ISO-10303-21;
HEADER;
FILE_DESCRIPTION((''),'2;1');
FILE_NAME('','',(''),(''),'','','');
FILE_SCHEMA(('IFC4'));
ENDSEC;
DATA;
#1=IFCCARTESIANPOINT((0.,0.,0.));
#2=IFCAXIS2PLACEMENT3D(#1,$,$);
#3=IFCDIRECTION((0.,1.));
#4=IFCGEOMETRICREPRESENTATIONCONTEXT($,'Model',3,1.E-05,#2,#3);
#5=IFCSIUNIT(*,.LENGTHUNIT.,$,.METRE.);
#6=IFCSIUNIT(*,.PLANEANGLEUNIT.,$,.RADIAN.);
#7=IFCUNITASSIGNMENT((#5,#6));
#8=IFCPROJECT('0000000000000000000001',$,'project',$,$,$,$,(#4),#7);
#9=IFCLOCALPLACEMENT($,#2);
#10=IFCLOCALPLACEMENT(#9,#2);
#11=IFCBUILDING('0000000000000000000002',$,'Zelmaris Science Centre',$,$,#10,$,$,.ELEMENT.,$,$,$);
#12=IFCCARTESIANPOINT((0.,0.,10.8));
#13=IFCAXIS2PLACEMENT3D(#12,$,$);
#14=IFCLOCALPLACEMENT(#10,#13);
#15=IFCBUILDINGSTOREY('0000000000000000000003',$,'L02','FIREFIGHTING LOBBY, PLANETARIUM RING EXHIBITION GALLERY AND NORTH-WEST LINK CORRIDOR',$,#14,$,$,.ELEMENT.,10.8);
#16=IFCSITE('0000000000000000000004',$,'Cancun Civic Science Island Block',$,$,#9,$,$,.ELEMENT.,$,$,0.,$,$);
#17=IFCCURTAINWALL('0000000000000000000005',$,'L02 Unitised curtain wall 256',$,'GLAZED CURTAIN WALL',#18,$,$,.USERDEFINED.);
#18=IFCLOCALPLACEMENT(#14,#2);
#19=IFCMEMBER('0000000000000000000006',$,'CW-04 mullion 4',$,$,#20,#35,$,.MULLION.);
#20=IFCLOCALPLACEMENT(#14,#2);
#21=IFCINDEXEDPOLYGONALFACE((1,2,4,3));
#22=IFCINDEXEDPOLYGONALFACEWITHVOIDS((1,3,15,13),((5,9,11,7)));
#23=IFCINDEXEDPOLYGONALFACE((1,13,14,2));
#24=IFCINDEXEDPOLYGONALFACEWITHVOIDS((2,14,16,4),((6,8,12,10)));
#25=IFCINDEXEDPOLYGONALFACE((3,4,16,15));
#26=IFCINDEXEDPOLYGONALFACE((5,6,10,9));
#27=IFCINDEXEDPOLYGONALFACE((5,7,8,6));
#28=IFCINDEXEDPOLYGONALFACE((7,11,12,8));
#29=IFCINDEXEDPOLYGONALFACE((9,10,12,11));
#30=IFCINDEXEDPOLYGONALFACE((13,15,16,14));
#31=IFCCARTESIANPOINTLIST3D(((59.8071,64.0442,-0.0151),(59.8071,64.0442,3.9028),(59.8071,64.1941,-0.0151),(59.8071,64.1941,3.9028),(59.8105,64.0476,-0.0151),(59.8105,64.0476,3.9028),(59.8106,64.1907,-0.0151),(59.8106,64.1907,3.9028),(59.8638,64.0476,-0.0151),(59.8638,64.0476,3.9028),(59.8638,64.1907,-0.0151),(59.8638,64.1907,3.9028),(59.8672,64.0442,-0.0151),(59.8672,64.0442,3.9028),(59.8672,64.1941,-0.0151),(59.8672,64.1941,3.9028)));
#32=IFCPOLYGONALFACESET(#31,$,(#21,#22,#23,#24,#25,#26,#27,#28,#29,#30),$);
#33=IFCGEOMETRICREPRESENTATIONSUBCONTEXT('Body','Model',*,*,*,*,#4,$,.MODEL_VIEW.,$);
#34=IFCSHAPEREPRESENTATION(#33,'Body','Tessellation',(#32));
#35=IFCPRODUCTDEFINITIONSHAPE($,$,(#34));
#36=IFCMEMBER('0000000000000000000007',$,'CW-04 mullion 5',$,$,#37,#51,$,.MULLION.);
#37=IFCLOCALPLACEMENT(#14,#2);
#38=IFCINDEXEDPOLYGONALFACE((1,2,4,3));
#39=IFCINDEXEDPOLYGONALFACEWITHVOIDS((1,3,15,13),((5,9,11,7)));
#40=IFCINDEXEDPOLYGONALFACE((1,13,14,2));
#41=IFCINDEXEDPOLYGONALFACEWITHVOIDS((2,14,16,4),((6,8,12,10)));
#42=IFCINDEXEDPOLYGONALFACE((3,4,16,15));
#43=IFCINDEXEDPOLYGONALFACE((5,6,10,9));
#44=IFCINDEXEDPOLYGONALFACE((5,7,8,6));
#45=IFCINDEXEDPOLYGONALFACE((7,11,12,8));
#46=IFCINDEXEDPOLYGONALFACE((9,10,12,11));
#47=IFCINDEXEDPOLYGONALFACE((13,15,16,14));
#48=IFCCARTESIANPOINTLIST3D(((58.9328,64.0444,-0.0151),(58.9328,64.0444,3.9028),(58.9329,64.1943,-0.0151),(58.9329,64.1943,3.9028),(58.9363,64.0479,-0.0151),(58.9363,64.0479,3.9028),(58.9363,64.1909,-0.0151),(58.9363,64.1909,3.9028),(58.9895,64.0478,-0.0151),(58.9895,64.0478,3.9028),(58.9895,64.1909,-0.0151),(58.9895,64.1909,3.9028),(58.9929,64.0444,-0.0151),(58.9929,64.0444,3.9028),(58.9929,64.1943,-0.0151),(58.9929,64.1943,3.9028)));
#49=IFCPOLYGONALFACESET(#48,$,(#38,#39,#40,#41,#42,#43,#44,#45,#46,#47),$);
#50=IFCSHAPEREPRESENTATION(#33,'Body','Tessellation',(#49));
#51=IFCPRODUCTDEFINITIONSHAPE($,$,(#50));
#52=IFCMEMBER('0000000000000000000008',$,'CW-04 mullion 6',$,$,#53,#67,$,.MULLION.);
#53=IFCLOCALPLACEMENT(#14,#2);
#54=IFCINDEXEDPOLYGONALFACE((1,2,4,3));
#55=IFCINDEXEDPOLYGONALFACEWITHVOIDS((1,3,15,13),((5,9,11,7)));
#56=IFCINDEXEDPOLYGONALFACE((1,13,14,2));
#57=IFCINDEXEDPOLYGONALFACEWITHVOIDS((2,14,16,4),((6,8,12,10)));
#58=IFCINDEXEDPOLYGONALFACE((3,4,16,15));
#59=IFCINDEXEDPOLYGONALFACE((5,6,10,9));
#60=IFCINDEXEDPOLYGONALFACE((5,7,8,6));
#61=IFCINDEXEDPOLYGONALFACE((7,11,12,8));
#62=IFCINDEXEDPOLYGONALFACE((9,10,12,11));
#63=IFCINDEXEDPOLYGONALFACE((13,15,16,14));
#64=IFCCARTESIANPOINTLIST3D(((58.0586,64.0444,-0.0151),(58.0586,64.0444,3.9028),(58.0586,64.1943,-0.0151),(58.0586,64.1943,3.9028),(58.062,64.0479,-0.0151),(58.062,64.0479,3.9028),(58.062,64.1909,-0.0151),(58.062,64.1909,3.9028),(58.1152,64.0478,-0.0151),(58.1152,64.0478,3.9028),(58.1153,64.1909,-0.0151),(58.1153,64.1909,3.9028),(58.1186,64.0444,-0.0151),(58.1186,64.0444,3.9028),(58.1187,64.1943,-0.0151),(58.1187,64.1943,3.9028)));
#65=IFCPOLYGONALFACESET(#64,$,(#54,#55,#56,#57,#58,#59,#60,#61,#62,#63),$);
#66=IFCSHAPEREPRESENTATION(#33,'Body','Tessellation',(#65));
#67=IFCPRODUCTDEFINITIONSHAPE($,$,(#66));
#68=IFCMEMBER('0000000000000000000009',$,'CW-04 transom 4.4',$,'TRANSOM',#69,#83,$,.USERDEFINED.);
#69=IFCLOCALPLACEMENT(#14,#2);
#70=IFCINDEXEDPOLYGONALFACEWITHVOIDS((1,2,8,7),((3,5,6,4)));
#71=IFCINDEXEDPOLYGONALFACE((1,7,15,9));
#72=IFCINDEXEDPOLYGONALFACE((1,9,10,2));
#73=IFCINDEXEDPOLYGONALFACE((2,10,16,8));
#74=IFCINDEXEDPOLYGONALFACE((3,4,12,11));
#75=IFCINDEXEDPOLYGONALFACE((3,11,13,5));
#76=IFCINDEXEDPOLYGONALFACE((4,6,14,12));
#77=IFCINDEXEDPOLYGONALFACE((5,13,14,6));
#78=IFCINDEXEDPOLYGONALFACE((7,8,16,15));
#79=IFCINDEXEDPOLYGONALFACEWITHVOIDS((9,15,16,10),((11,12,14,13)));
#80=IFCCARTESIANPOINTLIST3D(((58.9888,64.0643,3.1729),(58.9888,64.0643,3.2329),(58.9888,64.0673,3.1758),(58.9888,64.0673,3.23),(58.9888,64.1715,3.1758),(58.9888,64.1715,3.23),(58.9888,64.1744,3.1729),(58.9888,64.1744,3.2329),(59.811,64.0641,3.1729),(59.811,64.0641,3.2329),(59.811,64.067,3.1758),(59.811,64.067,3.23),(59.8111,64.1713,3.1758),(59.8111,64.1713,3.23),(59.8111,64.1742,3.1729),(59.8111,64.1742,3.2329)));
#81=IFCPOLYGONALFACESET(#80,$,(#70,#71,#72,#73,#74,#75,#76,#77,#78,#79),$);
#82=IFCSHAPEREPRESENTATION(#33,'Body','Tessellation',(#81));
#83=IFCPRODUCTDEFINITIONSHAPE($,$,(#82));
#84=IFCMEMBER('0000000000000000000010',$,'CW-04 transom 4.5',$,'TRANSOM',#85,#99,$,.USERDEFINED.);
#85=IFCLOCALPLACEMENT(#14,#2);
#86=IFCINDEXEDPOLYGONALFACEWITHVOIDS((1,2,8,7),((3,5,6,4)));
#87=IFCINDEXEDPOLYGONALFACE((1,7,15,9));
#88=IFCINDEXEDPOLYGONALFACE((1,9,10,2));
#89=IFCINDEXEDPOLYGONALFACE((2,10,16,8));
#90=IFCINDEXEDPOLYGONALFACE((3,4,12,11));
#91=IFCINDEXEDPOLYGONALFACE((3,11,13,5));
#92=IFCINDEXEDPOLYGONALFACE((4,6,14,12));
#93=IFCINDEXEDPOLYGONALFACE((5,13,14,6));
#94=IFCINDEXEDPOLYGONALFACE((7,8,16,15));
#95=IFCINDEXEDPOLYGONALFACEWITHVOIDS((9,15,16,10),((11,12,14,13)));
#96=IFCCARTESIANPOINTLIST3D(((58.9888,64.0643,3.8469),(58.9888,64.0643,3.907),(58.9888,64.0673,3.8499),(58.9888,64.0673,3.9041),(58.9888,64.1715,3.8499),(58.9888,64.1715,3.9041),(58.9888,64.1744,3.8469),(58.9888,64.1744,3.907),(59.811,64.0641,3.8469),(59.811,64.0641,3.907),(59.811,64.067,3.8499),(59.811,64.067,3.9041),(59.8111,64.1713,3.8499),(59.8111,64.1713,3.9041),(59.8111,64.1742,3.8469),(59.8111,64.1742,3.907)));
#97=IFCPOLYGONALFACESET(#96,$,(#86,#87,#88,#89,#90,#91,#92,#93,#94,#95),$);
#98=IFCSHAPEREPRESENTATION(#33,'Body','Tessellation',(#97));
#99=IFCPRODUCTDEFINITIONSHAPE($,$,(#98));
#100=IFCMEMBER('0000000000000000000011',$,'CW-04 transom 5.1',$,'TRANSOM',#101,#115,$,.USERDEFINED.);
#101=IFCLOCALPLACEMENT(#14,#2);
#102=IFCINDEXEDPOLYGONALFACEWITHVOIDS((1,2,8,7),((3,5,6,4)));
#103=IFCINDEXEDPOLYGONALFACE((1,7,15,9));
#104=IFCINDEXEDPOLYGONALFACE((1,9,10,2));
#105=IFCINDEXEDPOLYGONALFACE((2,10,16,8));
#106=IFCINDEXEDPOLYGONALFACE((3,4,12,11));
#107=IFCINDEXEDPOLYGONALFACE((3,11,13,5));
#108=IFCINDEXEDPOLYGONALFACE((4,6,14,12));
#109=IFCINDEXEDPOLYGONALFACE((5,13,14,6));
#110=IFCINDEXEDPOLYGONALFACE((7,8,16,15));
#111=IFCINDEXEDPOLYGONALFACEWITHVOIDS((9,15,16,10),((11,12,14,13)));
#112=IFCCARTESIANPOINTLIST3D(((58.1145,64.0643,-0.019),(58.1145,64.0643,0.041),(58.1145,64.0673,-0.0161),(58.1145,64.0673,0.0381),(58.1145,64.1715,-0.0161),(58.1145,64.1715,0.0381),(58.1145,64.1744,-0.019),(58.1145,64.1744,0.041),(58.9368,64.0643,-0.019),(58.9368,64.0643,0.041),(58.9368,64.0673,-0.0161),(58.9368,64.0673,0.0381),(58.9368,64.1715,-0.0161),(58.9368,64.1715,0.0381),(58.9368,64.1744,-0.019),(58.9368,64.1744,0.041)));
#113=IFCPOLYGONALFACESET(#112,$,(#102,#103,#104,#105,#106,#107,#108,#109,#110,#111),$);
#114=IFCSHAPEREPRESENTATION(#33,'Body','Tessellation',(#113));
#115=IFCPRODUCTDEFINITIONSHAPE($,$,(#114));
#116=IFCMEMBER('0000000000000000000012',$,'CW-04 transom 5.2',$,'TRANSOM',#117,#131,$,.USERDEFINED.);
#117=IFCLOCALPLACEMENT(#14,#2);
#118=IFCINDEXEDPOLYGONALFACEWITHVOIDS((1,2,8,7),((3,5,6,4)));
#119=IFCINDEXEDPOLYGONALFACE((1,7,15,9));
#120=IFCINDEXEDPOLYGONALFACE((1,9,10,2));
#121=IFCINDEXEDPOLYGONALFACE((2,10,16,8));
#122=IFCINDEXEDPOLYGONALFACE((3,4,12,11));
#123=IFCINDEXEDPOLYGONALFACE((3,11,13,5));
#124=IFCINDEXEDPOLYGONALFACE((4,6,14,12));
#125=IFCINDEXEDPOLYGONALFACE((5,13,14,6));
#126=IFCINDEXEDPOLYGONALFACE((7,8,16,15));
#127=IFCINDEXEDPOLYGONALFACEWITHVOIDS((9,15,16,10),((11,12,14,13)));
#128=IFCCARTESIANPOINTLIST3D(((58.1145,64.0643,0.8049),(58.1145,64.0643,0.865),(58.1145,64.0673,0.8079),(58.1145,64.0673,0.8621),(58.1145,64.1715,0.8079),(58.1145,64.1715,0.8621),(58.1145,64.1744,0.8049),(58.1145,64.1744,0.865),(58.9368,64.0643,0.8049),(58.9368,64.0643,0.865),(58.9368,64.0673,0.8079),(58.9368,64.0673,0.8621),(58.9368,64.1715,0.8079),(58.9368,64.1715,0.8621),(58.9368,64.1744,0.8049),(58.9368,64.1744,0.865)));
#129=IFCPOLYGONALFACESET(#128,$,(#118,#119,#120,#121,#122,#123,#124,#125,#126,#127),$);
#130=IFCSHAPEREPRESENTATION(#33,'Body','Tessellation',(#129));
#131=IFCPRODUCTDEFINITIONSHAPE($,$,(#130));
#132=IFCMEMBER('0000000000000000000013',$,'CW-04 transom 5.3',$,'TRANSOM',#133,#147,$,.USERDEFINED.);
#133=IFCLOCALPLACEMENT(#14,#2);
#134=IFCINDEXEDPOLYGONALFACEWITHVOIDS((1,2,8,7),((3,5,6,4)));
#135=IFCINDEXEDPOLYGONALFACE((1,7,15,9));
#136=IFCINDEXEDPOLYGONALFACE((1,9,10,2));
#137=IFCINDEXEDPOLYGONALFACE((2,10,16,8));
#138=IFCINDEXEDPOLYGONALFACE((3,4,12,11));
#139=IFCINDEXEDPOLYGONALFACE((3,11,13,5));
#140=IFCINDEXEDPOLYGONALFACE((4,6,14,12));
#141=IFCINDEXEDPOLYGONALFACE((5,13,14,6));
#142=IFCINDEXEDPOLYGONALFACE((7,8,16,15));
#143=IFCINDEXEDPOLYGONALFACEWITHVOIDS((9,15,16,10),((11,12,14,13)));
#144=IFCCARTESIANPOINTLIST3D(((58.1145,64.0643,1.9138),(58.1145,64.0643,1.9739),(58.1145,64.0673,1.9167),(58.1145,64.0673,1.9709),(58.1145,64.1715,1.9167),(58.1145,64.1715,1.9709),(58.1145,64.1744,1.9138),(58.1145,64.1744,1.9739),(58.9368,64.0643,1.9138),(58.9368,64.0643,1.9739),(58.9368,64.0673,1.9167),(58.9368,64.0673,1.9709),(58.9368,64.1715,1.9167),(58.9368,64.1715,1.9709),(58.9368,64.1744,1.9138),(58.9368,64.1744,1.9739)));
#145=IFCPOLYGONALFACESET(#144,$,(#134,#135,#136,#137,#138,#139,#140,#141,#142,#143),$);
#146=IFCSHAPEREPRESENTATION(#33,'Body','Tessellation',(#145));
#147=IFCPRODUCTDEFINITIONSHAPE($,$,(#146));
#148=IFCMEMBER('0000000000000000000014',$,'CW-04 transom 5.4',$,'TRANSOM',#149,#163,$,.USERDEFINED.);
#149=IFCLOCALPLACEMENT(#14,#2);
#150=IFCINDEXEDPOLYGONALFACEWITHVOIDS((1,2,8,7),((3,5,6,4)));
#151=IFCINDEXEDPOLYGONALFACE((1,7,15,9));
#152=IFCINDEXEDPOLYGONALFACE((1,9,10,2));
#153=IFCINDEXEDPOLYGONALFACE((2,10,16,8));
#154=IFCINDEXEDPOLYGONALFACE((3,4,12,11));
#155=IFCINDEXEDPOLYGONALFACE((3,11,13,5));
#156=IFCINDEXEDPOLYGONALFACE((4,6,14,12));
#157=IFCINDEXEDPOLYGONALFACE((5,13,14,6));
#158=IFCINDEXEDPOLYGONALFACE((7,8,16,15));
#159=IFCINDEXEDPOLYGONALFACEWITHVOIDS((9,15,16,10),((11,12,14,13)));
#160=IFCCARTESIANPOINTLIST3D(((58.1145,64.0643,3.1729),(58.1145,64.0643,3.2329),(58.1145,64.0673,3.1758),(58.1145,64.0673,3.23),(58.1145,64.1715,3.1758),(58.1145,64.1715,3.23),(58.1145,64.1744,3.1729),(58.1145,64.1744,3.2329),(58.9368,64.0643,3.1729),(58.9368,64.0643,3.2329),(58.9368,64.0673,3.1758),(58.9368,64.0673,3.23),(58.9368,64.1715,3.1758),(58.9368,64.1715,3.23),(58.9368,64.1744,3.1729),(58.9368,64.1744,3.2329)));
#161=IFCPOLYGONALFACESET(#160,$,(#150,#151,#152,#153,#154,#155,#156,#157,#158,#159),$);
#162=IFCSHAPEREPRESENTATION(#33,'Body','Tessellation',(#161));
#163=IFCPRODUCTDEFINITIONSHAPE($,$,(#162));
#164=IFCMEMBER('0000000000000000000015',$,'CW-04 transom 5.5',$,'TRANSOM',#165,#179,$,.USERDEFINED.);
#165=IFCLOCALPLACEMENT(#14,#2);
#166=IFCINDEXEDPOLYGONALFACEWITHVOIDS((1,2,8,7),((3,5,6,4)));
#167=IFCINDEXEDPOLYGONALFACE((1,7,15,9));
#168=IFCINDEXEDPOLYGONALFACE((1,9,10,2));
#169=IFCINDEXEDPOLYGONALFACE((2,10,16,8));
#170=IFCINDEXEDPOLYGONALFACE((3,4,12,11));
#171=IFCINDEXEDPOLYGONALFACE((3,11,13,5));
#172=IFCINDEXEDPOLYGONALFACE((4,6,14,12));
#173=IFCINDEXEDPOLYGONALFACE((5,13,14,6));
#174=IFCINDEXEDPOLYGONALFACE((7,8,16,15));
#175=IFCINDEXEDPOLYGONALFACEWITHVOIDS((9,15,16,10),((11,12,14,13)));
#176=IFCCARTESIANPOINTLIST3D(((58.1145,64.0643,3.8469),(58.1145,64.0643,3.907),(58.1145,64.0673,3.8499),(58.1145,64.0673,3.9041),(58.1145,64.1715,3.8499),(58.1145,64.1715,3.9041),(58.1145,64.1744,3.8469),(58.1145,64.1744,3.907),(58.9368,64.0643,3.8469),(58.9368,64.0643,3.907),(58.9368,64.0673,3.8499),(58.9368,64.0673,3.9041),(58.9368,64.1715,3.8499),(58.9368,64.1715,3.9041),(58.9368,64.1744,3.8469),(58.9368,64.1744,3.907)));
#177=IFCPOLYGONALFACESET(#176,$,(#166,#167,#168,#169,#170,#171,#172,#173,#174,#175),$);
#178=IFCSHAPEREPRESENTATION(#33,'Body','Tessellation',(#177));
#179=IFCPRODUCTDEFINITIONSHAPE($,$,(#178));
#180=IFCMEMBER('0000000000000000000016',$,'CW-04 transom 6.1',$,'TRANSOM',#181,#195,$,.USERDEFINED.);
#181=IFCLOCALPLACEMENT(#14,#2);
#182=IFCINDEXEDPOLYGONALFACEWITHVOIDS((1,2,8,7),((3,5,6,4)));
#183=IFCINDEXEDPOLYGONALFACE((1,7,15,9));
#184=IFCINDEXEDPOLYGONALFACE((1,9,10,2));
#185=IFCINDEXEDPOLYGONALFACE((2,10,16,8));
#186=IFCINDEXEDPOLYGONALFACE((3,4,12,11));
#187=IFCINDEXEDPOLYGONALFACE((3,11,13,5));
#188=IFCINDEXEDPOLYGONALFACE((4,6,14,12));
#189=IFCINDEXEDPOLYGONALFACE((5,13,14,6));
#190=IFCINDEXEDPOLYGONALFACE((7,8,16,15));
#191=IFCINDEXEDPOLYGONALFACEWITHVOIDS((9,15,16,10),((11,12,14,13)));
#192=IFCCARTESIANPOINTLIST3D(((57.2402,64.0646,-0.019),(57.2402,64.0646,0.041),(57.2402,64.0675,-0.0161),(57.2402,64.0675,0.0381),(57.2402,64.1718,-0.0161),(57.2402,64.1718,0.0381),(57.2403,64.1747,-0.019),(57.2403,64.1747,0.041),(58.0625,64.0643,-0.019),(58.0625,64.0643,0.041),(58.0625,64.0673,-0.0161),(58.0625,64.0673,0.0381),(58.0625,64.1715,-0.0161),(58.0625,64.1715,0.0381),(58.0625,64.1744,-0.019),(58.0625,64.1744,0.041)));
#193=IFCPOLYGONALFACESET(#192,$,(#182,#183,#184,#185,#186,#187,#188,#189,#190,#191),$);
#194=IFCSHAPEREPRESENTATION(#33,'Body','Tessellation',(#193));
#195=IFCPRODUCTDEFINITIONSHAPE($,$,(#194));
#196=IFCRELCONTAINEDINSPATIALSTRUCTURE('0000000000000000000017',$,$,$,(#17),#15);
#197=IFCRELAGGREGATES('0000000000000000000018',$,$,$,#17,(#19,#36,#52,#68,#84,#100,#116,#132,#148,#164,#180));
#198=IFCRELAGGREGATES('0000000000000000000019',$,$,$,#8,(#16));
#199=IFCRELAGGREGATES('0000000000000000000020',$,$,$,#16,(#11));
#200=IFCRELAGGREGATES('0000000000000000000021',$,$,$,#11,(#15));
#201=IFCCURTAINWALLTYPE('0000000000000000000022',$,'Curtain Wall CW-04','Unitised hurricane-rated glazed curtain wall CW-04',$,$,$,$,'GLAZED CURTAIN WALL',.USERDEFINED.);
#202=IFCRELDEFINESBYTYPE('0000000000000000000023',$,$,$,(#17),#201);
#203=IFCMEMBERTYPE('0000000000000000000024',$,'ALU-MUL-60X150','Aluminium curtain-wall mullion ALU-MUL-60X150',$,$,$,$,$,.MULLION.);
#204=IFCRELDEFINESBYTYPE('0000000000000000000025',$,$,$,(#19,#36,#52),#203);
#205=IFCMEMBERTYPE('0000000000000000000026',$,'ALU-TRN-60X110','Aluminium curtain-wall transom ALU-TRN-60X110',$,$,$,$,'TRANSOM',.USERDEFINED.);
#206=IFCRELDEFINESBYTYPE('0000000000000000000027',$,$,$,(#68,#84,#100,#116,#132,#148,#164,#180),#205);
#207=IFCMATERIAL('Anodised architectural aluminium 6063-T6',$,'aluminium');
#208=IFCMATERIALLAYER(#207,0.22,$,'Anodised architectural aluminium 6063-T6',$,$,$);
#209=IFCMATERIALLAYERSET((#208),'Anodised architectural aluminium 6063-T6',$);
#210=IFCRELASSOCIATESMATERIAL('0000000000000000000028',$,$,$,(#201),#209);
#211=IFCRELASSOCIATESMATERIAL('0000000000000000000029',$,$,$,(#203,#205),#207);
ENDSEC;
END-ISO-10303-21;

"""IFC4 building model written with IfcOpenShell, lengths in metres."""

from ifc_helpers import new_model, si_unit, direction, frame, origin, origin_2d, place, context, subcontext, project, spatial, hollow_rectangle, extrude, material, layer, layer_set, material_profile, profile_set, type_object, element, aggregate, save


model = new_model("IFC4")

# Units and contexts
model_context = context("Model", 3, precision=1e-05, world=origin(), true_north=direction((0.0, 1.0)))
body_context = subcontext(model_context, "Body", "Model", "MODEL_VIEW")
ifc_project = project(units=[si_unit("LENGTHUNIT", "METRE"), si_unit("PLANEANGLEUNIT", "RADIAN")], contexts=[model_context])

# Site, building, storey
site_placement = place(None, origin())
site = spatial("IfcSite", under=ifc_project, at=site_placement, Name="Cancun Civic Science Island Block", CompositionType="ELEMENT", RefElevation=0.0)
building_placement = place(site_placement, origin())
building = spatial("IfcBuilding", under=site, at=building_placement, Name="Zelmaris Science Centre", CompositionType="ELEMENT")
storey_placement = place(building_placement, frame((0.0, 0.0, 10.8)))
storey = spatial("IfcBuildingStorey", under=building, at=storey_placement, Name="L02", Description="FIREFIGHTING LOBBY, PLANETARIUM RING EXHIBITION GALLERY AND NORTH-WEST LINK CORRIDOR", CompositionType="ELEMENT", Elevation=10.8)

# Curtain wall, members
ifc_material_1 = material(Name="Anodised architectural aluminium 6063-T6", Category="aluminium")
ifc_layer_1 = layer(ifc_material_1, 0.22, Name="Anodised architectural aluminium 6063-T6")
ifc_layer_set_1 = layer_set([ifc_layer_1], Name="Anodised architectural aluminium 6063-T6")
curtain_wall_type = type_object("IfcCurtainWallType", Name="Curtain Wall CW-04", Description="Unitised hurricane-rated glazed curtain wall CW-04", ElementType="GLAZED CURTAIN WALL", PredefinedType="USERDEFINED", material=ifc_layer_set_1)
curtain_wall_placement = place(storey_placement, origin())
curtain_wall = element("IfcCurtainWall", 1, at=curtain_wall_placement, inside=storey, type_object=curtain_wall_type, Name="L02 Unitised curtain wall 256", ObjectType="GLAZED CURTAIN WALL", PredefinedType="USERDEFINED")
ifc_material_profile_1 = material_profile(ifc_material_1, hollow_rectangle(XDim=0.0601, YDim=0.1499, WallThickness=0.0034, at=origin_2d()), Name="ALU-MUL-60X150")
ifc_profile_set_1 = profile_set([ifc_material_profile_1], Name="Anodised architectural aluminium 6063-T6")
member_type_1 = type_object("IfcMemberType", Name="ALU-MUL-60X150", Description="Aluminium curtain-wall mullion ALU-MUL-60X150", PredefinedType="MULLION", material=ifc_profile_set_1)
member_1_placement = place(storey_placement, frame((59.8372, 64.1191, -0.0151), z_axis=(0.0, 0.0, 1.0), x_axis=(-1.0, 0.000243, 0.0)))
member_1 = element("IfcMember", 2, at=member_1_placement, type_object=member_type_1, Name="CW-04 mullion 4", PredefinedType="MULLION", context=body_context, shape_type="SweptSolid", body=[
    extrude(hollow_rectangle(XDim=0.0601, YDim=0.1499, WallThickness=0.0034, at=origin_2d()), origin(), (0.0, 0.0, 1.0), 3.918),
])
member_2_placement = place(storey_placement, frame((58.9629, 64.1194, -0.0151), z_axis=(0.0, 0.0, 1.0), x_axis=(-1.0, 0.000243, 0.0)))
member_2 = element("IfcMember", 3, at=member_2_placement, type_object=member_type_1, Name="CW-04 mullion 5", PredefinedType="MULLION", context=body_context, shape_type="SweptSolid", body=[
    extrude(hollow_rectangle(XDim=0.0601, YDim=0.1499, WallThickness=0.0034, at=origin_2d()), origin(), (0.0, 0.0, 1.0), 3.918),
])
member_3_placement = place(storey_placement, frame((58.0886, 64.1194, -0.0151), z_axis=(0.0, 0.0, 1.0), x_axis=(-1.0, 0.000243, 0.0)))
member_3 = element("IfcMember", 4, at=member_3_placement, type_object=member_type_1, Name="CW-04 mullion 6", PredefinedType="MULLION", context=body_context, shape_type="SweptSolid", body=[
    extrude(hollow_rectangle(XDim=0.0601, YDim=0.1499, WallThickness=0.0034, at=origin_2d()), origin(), (0.0, 0.0, 1.0), 3.918),
])
ifc_material_profile_2 = material_profile(ifc_material_1, hollow_rectangle(XDim=0.0601, YDim=0.1101, WallThickness=0.0029, at=origin_2d()), Name="ALU-TRN-60X110")
ifc_profile_set_2 = profile_set([ifc_material_profile_2], Name="Anodised architectural aluminium 6063-T6")
member_type_2 = type_object("IfcMemberType", Name="ALU-TRN-60X110", Description="Aluminium curtain-wall transom ALU-TRN-60X110", ElementType="TRANSOM", PredefinedType="USERDEFINED", material=ifc_profile_set_2)
member_4_placement = place(storey_placement, frame((59.811, 64.1191, 3.2029), z_axis=(-1.0, 0.000297, 0.0), x_axis=(0.0, 0.0, 1.0)))
member_4 = element("IfcMember", 5, at=member_4_placement, type_object=member_type_2, Name="CW-04 transom 4.4", ObjectType="TRANSOM", PredefinedType="USERDEFINED", context=body_context, shape_type="SweptSolid", body=[
    extrude(hollow_rectangle(XDim=0.0601, YDim=0.1101, WallThickness=0.0029, at=origin_2d()), origin(), (0.0, 0.0, 1.0), 0.8223),
])
member_5_placement = place(storey_placement, frame((59.811, 64.1191, 3.877), z_axis=(-1.0, 0.000297, 0.0), x_axis=(0.0, 0.0, 1.0)))
member_5 = element("IfcMember", 6, at=member_5_placement, type_object=member_type_2, Name="CW-04 transom 4.5", ObjectType="TRANSOM", PredefinedType="USERDEFINED", context=body_context, shape_type="SweptSolid", body=[
    extrude(hollow_rectangle(XDim=0.0601, YDim=0.1101, WallThickness=0.0029, at=origin_2d()), origin(), (0.0, 0.0, 1.0), 0.8223),
])
member_6_placement = place(storey_placement, frame((58.9368, 64.1194, 0.011), z_axis=(-1.0, 0.0, 0.0), x_axis=(0.0, 0.0, 1.0)))
member_6 = element("IfcMember", 7, at=member_6_placement, type_object=member_type_2, Name="CW-04 transom 5.1", ObjectType="TRANSOM", PredefinedType="USERDEFINED", context=body_context, shape_type="SweptSolid", body=[
    extrude(hollow_rectangle(XDim=0.0601, YDim=0.1101, WallThickness=0.0029, at=origin_2d()), origin(), (0.0, 0.0, 1.0), 0.8223),
])
member_7_placement = place(storey_placement, frame((58.9368, 64.1194, 0.835), z_axis=(-1.0, 0.0, 0.0), x_axis=(0.0, 0.0, 1.0)))
member_7 = element("IfcMember", 8, at=member_7_placement, type_object=member_type_2, Name="CW-04 transom 5.2", ObjectType="TRANSOM", PredefinedType="USERDEFINED", context=body_context, shape_type="SweptSolid", body=[
    extrude(hollow_rectangle(XDim=0.0601, YDim=0.1101, WallThickness=0.0029, at=origin_2d()), origin(), (0.0, 0.0, 1.0), 0.8223),
])
member_8_placement = place(storey_placement, frame((58.9368, 64.1194, 1.9438), z_axis=(-1.0, 0.0, 0.0), x_axis=(0.0, 0.0, 1.0)))
member_8 = element("IfcMember", 9, at=member_8_placement, type_object=member_type_2, Name="CW-04 transom 5.3", ObjectType="TRANSOM", PredefinedType="USERDEFINED", context=body_context, shape_type="SweptSolid", body=[
    extrude(hollow_rectangle(XDim=0.0601, YDim=0.1101, WallThickness=0.0029, at=origin_2d()), origin(), (0.0, 0.0, 1.0), 0.8223),
])
member_9_placement = place(storey_placement, frame((58.9368, 64.1194, 3.2029), z_axis=(-1.0, 0.0, 0.0), x_axis=(0.0, 0.0, 1.0)))
member_9 = element("IfcMember", 10, at=member_9_placement, type_object=member_type_2, Name="CW-04 transom 5.4", ObjectType="TRANSOM", PredefinedType="USERDEFINED", context=body_context, shape_type="SweptSolid", body=[
    extrude(hollow_rectangle(XDim=0.0601, YDim=0.1101, WallThickness=0.0029, at=origin_2d()), origin(), (0.0, 0.0, 1.0), 0.8223),
])
member_10_placement = place(storey_placement, frame((58.9368, 64.1194, 3.877), z_axis=(-1.0, 0.0, 0.0), x_axis=(0.0, 0.0, 1.0)))
member_10 = element("IfcMember", 11, at=member_10_placement, type_object=member_type_2, Name="CW-04 transom 5.5", ObjectType="TRANSOM", PredefinedType="USERDEFINED", context=body_context, shape_type="SweptSolid", body=[
    extrude(hollow_rectangle(XDim=0.0601, YDim=0.1101, WallThickness=0.0029, at=origin_2d()), origin(), (0.0, 0.0, 1.0), 0.8223),
])
member_11_placement = place(storey_placement, frame((58.0625, 64.1194, 0.011), z_axis=(-1.0, 0.000297, 0.0), x_axis=(0.0, 0.0, 1.0)))
member_11 = element("IfcMember", 12, at=member_11_placement, type_object=member_type_2, Name="CW-04 transom 6.1", ObjectType="TRANSOM", PredefinedType="USERDEFINED", context=body_context, shape_type="SweptSolid", body=[
    extrude(hollow_rectangle(XDim=0.0601, YDim=0.1101, WallThickness=0.0029, at=origin_2d()), origin(), (0.0, 0.0, 1.0), 0.8223),
])
aggregate(curtain_wall, [member_1, member_2, member_3, member_4, member_5, member_6, member_7, member_8, member_9, member_10, member_11])

save(model, "model.ifc")
